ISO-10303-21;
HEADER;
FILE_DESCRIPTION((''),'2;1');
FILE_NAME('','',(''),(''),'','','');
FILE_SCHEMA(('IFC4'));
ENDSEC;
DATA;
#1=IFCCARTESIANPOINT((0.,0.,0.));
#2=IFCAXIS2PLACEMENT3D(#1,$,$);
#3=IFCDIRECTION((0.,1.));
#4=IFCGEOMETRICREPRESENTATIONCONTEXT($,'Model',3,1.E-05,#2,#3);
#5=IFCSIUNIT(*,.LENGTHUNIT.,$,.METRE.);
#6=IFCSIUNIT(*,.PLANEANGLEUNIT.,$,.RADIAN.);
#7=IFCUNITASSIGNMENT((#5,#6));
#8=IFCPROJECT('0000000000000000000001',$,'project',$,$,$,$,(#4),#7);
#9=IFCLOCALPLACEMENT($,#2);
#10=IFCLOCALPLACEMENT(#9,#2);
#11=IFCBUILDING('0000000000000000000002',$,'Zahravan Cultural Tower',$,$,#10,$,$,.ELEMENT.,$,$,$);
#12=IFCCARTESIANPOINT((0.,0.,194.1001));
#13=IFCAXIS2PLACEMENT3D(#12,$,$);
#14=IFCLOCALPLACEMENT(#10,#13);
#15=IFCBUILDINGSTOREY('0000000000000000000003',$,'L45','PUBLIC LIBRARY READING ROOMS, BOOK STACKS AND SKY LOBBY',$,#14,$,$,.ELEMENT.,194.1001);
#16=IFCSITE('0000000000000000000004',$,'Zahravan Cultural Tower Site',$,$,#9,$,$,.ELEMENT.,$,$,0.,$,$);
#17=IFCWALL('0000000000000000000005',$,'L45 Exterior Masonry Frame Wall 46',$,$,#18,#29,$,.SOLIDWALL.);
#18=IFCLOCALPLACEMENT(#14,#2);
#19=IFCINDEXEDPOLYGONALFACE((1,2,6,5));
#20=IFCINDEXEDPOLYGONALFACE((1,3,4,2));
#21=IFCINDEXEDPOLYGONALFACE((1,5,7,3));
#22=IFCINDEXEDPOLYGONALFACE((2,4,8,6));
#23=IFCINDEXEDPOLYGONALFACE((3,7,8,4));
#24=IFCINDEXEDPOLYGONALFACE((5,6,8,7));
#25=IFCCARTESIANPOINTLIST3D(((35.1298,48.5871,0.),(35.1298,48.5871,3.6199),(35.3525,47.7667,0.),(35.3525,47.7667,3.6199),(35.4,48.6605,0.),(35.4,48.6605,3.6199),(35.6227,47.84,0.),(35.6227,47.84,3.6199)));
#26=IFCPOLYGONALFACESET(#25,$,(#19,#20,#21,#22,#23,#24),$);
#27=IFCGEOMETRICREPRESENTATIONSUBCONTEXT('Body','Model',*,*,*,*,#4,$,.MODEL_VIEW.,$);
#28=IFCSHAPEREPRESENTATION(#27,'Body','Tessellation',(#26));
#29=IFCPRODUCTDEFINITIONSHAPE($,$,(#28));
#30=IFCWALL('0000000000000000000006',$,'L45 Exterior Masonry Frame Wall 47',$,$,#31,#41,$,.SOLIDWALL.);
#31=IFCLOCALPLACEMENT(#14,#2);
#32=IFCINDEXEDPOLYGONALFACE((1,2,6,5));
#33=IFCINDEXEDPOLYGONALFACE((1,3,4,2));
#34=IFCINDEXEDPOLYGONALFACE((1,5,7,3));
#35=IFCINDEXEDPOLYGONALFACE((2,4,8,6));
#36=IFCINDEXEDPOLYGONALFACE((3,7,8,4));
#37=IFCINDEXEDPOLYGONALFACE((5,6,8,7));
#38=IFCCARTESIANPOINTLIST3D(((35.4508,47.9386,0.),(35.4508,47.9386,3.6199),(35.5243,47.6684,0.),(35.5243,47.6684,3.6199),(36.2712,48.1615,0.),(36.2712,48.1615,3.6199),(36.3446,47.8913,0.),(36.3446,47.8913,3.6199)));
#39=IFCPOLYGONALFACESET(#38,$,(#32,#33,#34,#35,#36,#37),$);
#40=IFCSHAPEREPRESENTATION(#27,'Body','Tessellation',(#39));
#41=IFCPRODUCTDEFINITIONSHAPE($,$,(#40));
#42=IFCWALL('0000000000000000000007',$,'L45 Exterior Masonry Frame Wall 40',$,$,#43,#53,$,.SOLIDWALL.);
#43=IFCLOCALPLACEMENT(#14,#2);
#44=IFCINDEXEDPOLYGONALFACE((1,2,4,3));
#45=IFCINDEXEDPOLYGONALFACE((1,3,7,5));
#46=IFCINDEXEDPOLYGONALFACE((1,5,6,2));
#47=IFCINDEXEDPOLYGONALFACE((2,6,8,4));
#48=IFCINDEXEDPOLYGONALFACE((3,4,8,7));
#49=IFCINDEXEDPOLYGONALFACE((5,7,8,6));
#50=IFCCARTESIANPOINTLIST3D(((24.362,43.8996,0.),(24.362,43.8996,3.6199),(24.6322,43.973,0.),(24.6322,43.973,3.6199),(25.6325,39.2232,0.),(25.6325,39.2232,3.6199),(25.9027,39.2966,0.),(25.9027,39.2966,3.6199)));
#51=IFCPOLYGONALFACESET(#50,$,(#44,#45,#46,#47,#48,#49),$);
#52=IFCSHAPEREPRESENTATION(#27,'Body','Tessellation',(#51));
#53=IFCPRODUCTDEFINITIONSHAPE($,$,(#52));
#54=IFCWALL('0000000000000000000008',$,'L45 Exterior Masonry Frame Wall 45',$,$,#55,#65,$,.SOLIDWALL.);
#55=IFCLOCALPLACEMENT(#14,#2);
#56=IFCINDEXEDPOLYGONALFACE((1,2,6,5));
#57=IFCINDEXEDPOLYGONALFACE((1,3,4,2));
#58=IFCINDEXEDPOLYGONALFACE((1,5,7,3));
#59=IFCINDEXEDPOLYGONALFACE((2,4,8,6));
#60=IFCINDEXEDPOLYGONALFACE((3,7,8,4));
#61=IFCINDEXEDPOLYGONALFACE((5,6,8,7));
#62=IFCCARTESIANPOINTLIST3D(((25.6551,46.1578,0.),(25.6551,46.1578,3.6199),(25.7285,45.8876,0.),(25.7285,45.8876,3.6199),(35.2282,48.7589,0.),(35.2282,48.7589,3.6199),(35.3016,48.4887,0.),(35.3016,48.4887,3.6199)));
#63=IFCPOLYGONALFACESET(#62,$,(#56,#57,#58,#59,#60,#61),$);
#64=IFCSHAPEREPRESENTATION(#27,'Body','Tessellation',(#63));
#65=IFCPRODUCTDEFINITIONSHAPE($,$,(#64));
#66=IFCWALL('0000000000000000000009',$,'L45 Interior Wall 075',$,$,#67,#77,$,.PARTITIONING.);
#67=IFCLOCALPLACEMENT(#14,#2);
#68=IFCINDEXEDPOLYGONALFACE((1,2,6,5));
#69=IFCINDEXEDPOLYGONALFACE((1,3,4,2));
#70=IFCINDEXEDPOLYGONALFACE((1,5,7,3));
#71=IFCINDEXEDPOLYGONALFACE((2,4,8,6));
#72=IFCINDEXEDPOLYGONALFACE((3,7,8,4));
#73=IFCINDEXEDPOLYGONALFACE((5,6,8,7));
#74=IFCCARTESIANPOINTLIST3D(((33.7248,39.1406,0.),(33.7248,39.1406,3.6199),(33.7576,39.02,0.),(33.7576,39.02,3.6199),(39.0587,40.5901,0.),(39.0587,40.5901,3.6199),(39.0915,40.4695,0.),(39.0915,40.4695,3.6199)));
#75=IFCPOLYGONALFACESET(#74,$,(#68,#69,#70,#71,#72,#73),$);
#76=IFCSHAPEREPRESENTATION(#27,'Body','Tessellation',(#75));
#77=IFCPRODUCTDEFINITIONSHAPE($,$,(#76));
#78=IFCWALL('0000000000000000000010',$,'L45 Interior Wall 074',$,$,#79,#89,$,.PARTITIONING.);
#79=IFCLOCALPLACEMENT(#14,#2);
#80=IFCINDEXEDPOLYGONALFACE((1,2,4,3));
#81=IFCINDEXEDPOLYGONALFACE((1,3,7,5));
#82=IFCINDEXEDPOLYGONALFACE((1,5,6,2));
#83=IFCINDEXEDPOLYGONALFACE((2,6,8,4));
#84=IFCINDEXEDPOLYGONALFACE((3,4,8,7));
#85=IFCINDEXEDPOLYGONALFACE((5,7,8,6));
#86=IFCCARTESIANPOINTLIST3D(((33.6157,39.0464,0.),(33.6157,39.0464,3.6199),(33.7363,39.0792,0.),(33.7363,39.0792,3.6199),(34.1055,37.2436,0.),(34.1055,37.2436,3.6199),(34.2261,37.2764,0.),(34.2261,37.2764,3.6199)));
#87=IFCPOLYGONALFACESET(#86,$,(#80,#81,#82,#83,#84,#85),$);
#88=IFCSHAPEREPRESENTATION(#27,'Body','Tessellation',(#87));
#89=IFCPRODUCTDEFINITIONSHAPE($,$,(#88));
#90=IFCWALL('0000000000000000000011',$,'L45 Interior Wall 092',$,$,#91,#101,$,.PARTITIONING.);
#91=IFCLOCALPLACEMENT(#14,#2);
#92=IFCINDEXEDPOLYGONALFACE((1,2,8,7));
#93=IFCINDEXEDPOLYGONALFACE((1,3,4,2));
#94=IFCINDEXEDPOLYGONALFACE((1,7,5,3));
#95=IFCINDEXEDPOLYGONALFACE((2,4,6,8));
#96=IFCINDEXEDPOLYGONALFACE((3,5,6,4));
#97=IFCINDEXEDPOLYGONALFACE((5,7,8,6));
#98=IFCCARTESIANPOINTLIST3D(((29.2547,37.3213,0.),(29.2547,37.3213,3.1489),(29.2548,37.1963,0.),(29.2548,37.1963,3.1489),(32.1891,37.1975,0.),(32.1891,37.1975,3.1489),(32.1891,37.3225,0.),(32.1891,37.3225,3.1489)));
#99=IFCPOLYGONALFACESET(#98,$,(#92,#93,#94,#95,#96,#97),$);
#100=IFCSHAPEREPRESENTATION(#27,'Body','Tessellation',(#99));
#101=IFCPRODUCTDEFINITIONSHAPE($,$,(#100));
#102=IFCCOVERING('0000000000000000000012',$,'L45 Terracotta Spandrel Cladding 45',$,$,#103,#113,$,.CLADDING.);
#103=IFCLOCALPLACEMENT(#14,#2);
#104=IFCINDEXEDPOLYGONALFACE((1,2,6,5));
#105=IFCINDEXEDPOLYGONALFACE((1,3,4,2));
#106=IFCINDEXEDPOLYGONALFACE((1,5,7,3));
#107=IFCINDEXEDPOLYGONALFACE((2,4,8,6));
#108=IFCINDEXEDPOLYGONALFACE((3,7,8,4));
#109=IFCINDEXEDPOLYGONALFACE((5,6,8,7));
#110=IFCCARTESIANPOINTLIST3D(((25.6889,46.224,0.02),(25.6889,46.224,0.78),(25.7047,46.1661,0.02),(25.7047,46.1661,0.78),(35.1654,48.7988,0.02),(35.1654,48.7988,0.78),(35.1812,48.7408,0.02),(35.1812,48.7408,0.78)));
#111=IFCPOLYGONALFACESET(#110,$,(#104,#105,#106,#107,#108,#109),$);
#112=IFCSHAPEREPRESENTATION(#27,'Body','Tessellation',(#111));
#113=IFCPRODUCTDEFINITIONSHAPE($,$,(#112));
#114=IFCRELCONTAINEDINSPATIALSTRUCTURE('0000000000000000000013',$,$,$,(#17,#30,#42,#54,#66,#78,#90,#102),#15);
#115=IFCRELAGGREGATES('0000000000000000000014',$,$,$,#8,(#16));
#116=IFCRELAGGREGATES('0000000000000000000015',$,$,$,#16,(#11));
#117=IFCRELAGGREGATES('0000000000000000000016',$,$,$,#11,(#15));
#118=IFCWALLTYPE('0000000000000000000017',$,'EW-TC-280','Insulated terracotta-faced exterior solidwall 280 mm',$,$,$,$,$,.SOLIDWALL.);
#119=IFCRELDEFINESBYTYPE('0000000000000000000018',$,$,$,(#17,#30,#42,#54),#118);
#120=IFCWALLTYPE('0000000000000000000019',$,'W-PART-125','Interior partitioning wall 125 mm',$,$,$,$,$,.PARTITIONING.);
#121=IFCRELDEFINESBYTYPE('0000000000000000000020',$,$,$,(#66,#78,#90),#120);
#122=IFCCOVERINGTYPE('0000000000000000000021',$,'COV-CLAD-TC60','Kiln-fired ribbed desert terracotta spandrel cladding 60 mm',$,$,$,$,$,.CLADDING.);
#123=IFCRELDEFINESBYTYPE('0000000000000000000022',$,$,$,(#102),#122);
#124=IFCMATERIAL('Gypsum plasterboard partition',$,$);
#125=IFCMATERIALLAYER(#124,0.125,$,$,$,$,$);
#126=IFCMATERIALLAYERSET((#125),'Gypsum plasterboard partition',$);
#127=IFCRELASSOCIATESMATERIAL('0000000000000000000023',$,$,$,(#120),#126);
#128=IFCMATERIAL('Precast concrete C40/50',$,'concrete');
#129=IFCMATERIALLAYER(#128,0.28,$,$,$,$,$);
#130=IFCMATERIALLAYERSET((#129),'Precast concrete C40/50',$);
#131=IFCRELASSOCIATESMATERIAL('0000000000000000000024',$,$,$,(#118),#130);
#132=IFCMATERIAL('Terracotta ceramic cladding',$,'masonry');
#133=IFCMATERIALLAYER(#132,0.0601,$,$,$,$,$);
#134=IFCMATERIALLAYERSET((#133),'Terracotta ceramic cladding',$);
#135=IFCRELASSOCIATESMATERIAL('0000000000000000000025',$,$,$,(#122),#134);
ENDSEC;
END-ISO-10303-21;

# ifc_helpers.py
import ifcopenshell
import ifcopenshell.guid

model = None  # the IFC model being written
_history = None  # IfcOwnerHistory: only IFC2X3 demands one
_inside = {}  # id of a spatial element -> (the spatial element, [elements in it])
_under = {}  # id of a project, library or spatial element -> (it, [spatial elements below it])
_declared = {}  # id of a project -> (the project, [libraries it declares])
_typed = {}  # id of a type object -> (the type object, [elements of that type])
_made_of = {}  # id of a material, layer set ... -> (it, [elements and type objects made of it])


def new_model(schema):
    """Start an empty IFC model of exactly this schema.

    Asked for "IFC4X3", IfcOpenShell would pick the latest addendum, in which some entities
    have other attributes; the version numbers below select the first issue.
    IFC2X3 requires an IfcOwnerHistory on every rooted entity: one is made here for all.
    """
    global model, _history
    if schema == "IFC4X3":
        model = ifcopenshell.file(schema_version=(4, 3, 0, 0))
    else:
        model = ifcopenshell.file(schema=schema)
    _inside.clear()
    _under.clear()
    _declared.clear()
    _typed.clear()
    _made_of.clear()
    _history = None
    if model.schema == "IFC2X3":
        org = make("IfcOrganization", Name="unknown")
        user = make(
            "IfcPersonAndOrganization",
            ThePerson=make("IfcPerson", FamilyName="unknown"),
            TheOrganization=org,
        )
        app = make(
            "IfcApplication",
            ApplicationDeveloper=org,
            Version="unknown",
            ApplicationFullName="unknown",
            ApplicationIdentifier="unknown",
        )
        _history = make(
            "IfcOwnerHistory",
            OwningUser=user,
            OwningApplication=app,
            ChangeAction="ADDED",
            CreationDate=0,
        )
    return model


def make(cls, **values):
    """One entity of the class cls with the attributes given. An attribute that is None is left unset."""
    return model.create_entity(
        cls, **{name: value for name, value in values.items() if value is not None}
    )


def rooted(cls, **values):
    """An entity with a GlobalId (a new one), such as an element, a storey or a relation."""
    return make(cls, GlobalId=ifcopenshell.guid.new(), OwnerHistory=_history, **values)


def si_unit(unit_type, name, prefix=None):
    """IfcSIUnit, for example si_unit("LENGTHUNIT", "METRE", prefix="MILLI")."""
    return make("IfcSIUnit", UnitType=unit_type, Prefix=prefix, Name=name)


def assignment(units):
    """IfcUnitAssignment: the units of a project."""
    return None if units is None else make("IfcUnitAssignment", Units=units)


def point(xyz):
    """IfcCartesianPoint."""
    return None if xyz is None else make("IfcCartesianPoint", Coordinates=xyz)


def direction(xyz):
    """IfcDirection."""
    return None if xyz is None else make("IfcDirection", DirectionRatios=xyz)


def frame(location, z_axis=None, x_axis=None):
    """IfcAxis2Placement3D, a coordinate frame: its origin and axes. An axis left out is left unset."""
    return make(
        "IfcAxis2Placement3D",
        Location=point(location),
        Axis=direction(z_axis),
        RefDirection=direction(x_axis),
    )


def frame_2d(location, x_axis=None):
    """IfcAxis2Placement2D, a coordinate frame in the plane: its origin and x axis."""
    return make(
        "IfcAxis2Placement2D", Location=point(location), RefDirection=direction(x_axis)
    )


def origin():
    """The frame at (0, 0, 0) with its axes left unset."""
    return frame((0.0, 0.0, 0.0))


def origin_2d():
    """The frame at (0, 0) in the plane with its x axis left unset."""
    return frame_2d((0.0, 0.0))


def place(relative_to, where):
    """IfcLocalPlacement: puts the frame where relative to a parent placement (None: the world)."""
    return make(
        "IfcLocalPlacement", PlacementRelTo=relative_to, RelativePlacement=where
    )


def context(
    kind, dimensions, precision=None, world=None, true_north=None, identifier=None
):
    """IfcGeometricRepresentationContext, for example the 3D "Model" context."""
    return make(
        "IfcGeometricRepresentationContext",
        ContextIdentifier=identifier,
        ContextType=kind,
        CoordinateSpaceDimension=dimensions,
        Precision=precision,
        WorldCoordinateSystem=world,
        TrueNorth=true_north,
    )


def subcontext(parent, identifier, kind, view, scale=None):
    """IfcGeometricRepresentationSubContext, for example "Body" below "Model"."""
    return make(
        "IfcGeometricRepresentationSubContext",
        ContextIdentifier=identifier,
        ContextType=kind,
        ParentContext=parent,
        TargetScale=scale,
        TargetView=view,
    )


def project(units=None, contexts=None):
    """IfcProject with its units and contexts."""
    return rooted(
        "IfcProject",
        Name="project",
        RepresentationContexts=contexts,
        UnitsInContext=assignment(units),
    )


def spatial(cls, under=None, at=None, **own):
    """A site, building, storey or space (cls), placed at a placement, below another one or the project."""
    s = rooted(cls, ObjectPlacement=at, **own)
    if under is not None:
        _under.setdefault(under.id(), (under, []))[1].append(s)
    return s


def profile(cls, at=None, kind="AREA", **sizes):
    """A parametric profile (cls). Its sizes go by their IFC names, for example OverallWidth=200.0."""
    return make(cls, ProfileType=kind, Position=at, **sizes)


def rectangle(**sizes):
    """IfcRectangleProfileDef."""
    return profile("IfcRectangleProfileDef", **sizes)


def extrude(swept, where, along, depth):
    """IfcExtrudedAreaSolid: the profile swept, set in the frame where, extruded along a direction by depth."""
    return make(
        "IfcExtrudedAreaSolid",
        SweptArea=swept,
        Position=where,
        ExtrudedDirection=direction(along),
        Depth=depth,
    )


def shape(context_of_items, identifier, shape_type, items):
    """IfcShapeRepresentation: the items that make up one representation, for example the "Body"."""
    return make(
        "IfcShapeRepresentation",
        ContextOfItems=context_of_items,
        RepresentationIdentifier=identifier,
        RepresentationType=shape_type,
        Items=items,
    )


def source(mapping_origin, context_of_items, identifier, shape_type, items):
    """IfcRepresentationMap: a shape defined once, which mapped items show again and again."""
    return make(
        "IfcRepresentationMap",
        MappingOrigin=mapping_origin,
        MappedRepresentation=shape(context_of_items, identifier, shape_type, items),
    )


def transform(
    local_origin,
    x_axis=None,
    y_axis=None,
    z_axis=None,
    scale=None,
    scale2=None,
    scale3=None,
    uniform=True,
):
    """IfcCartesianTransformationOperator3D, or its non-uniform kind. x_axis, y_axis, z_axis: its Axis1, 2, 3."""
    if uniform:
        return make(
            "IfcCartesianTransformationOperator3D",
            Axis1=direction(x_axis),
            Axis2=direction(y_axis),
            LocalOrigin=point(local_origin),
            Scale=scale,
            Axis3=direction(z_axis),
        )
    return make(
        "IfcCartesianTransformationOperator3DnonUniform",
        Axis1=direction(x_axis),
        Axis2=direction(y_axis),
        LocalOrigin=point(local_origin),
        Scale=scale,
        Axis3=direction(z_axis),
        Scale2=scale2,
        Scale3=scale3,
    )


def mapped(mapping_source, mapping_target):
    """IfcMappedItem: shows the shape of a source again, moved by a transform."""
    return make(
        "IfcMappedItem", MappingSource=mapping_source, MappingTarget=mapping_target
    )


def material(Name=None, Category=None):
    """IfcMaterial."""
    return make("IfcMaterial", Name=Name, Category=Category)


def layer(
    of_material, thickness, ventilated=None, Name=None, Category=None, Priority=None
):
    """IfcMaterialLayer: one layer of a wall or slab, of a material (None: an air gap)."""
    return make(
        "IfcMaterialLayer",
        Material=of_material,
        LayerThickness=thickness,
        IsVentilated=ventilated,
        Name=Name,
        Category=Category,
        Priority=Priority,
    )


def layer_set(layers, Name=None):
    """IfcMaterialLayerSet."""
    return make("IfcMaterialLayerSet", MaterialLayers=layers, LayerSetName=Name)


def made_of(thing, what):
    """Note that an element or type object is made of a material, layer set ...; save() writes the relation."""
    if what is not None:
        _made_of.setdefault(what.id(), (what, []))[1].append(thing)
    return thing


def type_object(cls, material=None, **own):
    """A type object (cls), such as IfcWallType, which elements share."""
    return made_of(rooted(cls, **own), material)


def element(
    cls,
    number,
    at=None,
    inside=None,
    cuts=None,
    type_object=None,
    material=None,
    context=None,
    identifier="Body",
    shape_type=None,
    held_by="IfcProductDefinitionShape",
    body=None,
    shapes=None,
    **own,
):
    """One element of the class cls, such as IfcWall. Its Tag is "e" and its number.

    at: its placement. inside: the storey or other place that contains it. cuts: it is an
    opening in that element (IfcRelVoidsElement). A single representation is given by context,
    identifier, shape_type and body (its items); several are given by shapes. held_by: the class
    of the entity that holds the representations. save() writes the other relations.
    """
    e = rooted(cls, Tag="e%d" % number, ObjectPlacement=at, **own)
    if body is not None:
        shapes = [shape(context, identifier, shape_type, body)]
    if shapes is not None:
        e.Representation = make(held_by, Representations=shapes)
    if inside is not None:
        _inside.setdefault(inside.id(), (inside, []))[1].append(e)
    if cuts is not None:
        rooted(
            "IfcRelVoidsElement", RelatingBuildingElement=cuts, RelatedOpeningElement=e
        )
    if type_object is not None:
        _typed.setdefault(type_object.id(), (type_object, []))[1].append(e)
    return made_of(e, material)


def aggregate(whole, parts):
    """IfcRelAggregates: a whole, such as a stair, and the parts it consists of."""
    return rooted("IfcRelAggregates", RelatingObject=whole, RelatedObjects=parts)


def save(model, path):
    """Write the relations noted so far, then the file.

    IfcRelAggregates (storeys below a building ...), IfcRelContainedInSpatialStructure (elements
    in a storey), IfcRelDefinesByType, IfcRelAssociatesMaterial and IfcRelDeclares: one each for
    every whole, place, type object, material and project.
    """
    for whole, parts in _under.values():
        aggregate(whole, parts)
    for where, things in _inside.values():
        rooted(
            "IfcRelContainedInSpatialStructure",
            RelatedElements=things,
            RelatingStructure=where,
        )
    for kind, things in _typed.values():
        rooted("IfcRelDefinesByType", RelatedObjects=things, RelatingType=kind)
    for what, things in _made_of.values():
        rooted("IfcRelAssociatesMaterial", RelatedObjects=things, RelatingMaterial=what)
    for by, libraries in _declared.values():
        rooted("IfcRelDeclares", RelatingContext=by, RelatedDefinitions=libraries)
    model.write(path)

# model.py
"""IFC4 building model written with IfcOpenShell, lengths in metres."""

from ifc_helpers import new_model, si_unit, direction, frame, frame_2d, origin, origin_2d, place, context, subcontext, project, spatial, rectangle, extrude, source, transform, mapped, material, layer, layer_set, type_object, element, save


model = new_model("IFC4")

# Units and contexts
model_context = context("Model", 3, precision=1e-05, world=origin(), true_north=direction((0.0, 1.0)))
body_context = subcontext(model_context, "Body", "Model", "MODEL_VIEW")
ifc_project = project(units=[si_unit("LENGTHUNIT", "METRE"), si_unit("PLANEANGLEUNIT", "RADIAN")], contexts=[model_context])

# Site, building, storey
site_placement = place(None, origin())
site = spatial("IfcSite", under=ifc_project, at=site_placement, Name="Zahravan Cultural Tower Site", CompositionType="ELEMENT", RefElevation=0.0)
building_placement = place(site_placement, origin())
building = spatial("IfcBuilding", under=site, at=building_placement, Name="Zahravan Cultural Tower", CompositionType="ELEMENT")
storey_placement = place(building_placement, frame((0.0, 0.0, 194.1001)))
storey = spatial("IfcBuildingStorey", under=building, at=storey_placement, Name="L45", Description="PUBLIC LIBRARY READING ROOMS, BOOK STACKS AND SKY LOBBY", CompositionType="ELEMENT", Elevation=194.1001)

# Shared definitions
ifc_material_1 = material(Name="Gypsum plasterboard partition")
ifc_layer_1 = layer(ifc_material_1, 0.125)
ifc_layer_set_1 = layer_set([ifc_layer_1], Name="Gypsum plasterboard partition")
wall_type_1 = type_object("IfcWallType", Name="W-PART-125", Description="Interior partitioning wall 125 mm", PredefinedType="PARTITIONING", material=ifc_layer_set_1)

# Walls
ifc_material_2 = material(Name="Precast concrete C40/50", Category="concrete")
ifc_layer_2 = layer(ifc_material_2, 0.28)
ifc_layer_set_2 = layer_set([ifc_layer_2], Name="Precast concrete C40/50")
wall_type_2 = type_object("IfcWallType", Name="EW-TC-280", Description="Insulated terracotta-faced exterior solidwall 280 mm", PredefinedType="SOLIDWALL", material=ifc_layer_set_2)
shared_shape_1 = source(origin(), body_context, "Body", "SweptSolid", [
    extrude(rectangle(XDim=0.8501, YDim=0.28, at=frame_2d((0.425, 0.0))), origin(), (0.0, 0.0, 1.0), 3.6199),
])
for number, where, z_axis, x_axis, name in (
    (1, (35.2649, 48.6238, 0.0), (0.0, 0.0, 1.0), (0.261951, -0.965081, 0.0), "L45 Exterior Masonry Frame Wall 46"),
    (2, (35.4875, 47.8035, 0.0), (0.0, 0.0, 1.0), (0.965009, 0.262218, 0.0), "L45 Exterior Masonry Frame Wall 47"),
):
    element("IfcWall", number, at=place(storey_placement, frame(where, z_axis=z_axis, x_axis=x_axis)), inside=storey, type_object=wall_type_2, Name=name, PredefinedType="SOLIDWALL", context=body_context, shape_type="MappedRepresentation", body=[
        mapped(shared_shape_1, transform((0.0, 0.0, 0.0), x_axis=(1.0, 0.0, 0.0), y_axis=(0.0, 1.0, 0.0), z_axis=(0.0, 0.0, 1.0), scale=1.0)),
    ])
shared_shape_2 = source(origin(), body_context, "Body", "SweptSolid", [
    extrude(rectangle(XDim=4.8459, YDim=0.28, at=frame_2d((2.4229, 0.0))), origin(), (0.0, 0.0, 1.0), 3.6199),
])
wall_1_placement = place(storey_placement, frame((25.7676, 39.26, 0.0), z_axis=(0.0, 0.0, 1.0), x_axis=(-0.262175, 0.96502, 0.0)))
element("IfcWall", 3, at=wall_1_placement, inside=storey, type_object=wall_type_2, Name="L45 Exterior Masonry Frame Wall 40", PredefinedType="SOLIDWALL", context=body_context, shape_type="MappedRepresentation", body=[
    mapped(shared_shape_2, transform((0.0, 0.0, 0.0), x_axis=(1.0, 0.0, 0.0), y_axis=(0.0, 1.0, 0.0), z_axis=(0.0, 0.0, 1.0), scale=1.0)),
])
shared_shape_3 = source(origin(), body_context, "Body", "SweptSolid", [
    extrude(rectangle(XDim=9.9202, YDim=0.28, at=frame_2d((4.96, 0.0))), origin(), (0.0, 0.0, 1.0), 3.6199),
])
wall_2_placement = place(storey_placement, frame((25.6919, 46.0227, 0.0), z_axis=(0.0, 0.0, 1.0), x_axis=(0.965013, 0.262203, 0.0)))
element("IfcWall", 4, at=wall_2_placement, inside=storey, type_object=wall_type_2, Name="L45 Exterior Masonry Frame Wall 45", PredefinedType="SOLIDWALL", context=body_context, shape_type="MappedRepresentation", body=[
    mapped(shared_shape_3, transform((0.0, 0.0, 0.0), x_axis=(1.0, 0.0, 0.0), y_axis=(0.0, 1.0, 0.0), z_axis=(0.0, 0.0, 1.0), scale=1.0)),
])
shared_shape_4 = source(origin(), body_context, "Body", "SweptSolid", [
    extrude(rectangle(XDim=5.5273, YDim=0.125, at=frame_2d((2.7637, 0.0))), origin(), (0.0, 0.0, 1.0), 3.6199),
])
wall_3_placement = place(storey_placement, frame((33.7412, 39.0803, 0.0), z_axis=(0.0, 0.0, 1.0), x_axis=(0.965005, 0.262232, 0.0)))
element("IfcWall", 5, at=wall_3_placement, inside=storey, type_object=wall_type_1, Name="L45 Interior Wall 075", PredefinedType="PARTITIONING", context=body_context, shape_type="MappedRepresentation", body=[
    mapped(shared_shape_4, transform((0.0, 0.0, 0.0), x_axis=(1.0, 0.0, 0.0), y_axis=(0.0, 1.0, 0.0), z_axis=(0.0, 0.0, 1.0), scale=1.0)),
])
shared_shape_5 = source(origin(), body_context, "Body", "SweptSolid", [
    extrude(rectangle(XDim=1.8682, YDim=0.125, at=frame_2d((0.9341, 0.0))), origin(), (0.0, 0.0, 1.0), 3.6199),
])
wall_4_placement = place(storey_placement, frame((34.1658, 37.26, 0.0), z_axis=(0.0, 0.0, 1.0), x_axis=(-0.262166, 0.965023, 0.0)))
element("IfcWall", 6, at=wall_4_placement, inside=storey, type_object=wall_type_1, Name="L45 Interior Wall 074", PredefinedType="PARTITIONING", context=body_context, shape_type="MappedRepresentation", body=[
    mapped(shared_shape_5, transform((0.0, 0.0, 0.0), x_axis=(1.0, 0.0, 0.0), y_axis=(0.0, 1.0, 0.0), z_axis=(0.0, 0.0, 1.0), scale=1.0)),
])
shared_shape_6 = source(origin(), body_context, "Body", "SweptSolid", [
    extrude(rectangle(XDim=2.9343, YDim=0.125, at=frame_2d((1.4673, 0.0))), origin(), (0.0, 0.0, 1.0), 3.1489),
])
wall_5_placement = place(storey_placement, frame((32.1892, 37.26, 0.0), z_axis=(0.0, 0.0, 1.0), x_axis=(-1.0, -0.000416, 0.0)))
element("IfcWall", 7, at=wall_5_placement, inside=storey, type_object=wall_type_1, Name="L45 Interior Wall 092", PredefinedType="PARTITIONING", context=body_context, shape_type="MappedRepresentation", body=[
    mapped(shared_shape_6, transform((0.0, 0.0, 0.0), x_axis=(1.0, 0.0, 0.0), y_axis=(0.0, 1.0, 0.0), z_axis=(0.0, 0.0, 1.0), scale=1.0)),
])

# Covering
ifc_material_3 = material(Name="Terracotta ceramic cladding", Category="masonry")
ifc_layer_3 = layer(ifc_material_3, 0.0601)
ifc_layer_set_3 = layer_set([ifc_layer_3], Name="Terracotta ceramic cladding")
covering_type = type_object("IfcCoveringType", Name="COV-CLAD-TC60", Description="Kiln-fired ribbed desert terracotta spandrel cladding 60 mm", PredefinedType="CLADDING", material=ifc_layer_set_3)
shared_shape_7 = source(origin(), body_context, "Body", "SweptSolid", [
    extrude(rectangle(XDim=9.8201, YDim=0.0601, at=origin_2d()), origin(), (0.0, 0.0, 1.0), 0.76),
])
covering_placement = place(storey_placement, frame((30.4351, 47.4824, 0.02), z_axis=(0.0, 0.0, 1.0), x_axis=(0.965016, 0.262189, 0.0)))
element("IfcCovering", 8, at=covering_placement, inside=storey, type_object=covering_type, Name="L45 Terracotta Spandrel Cladding 45", PredefinedType="CLADDING", context=body_context, shape_type="MappedRepresentation", body=[
    mapped(shared_shape_7, transform((0.0, 0.0, 0.0), x_axis=(1.0, 0.0, 0.0), y_axis=(0.0, 1.0, 0.0), z_axis=(0.0, 0.0, 1.0), scale=1.0)),
])

save(model, "model.ifc")
